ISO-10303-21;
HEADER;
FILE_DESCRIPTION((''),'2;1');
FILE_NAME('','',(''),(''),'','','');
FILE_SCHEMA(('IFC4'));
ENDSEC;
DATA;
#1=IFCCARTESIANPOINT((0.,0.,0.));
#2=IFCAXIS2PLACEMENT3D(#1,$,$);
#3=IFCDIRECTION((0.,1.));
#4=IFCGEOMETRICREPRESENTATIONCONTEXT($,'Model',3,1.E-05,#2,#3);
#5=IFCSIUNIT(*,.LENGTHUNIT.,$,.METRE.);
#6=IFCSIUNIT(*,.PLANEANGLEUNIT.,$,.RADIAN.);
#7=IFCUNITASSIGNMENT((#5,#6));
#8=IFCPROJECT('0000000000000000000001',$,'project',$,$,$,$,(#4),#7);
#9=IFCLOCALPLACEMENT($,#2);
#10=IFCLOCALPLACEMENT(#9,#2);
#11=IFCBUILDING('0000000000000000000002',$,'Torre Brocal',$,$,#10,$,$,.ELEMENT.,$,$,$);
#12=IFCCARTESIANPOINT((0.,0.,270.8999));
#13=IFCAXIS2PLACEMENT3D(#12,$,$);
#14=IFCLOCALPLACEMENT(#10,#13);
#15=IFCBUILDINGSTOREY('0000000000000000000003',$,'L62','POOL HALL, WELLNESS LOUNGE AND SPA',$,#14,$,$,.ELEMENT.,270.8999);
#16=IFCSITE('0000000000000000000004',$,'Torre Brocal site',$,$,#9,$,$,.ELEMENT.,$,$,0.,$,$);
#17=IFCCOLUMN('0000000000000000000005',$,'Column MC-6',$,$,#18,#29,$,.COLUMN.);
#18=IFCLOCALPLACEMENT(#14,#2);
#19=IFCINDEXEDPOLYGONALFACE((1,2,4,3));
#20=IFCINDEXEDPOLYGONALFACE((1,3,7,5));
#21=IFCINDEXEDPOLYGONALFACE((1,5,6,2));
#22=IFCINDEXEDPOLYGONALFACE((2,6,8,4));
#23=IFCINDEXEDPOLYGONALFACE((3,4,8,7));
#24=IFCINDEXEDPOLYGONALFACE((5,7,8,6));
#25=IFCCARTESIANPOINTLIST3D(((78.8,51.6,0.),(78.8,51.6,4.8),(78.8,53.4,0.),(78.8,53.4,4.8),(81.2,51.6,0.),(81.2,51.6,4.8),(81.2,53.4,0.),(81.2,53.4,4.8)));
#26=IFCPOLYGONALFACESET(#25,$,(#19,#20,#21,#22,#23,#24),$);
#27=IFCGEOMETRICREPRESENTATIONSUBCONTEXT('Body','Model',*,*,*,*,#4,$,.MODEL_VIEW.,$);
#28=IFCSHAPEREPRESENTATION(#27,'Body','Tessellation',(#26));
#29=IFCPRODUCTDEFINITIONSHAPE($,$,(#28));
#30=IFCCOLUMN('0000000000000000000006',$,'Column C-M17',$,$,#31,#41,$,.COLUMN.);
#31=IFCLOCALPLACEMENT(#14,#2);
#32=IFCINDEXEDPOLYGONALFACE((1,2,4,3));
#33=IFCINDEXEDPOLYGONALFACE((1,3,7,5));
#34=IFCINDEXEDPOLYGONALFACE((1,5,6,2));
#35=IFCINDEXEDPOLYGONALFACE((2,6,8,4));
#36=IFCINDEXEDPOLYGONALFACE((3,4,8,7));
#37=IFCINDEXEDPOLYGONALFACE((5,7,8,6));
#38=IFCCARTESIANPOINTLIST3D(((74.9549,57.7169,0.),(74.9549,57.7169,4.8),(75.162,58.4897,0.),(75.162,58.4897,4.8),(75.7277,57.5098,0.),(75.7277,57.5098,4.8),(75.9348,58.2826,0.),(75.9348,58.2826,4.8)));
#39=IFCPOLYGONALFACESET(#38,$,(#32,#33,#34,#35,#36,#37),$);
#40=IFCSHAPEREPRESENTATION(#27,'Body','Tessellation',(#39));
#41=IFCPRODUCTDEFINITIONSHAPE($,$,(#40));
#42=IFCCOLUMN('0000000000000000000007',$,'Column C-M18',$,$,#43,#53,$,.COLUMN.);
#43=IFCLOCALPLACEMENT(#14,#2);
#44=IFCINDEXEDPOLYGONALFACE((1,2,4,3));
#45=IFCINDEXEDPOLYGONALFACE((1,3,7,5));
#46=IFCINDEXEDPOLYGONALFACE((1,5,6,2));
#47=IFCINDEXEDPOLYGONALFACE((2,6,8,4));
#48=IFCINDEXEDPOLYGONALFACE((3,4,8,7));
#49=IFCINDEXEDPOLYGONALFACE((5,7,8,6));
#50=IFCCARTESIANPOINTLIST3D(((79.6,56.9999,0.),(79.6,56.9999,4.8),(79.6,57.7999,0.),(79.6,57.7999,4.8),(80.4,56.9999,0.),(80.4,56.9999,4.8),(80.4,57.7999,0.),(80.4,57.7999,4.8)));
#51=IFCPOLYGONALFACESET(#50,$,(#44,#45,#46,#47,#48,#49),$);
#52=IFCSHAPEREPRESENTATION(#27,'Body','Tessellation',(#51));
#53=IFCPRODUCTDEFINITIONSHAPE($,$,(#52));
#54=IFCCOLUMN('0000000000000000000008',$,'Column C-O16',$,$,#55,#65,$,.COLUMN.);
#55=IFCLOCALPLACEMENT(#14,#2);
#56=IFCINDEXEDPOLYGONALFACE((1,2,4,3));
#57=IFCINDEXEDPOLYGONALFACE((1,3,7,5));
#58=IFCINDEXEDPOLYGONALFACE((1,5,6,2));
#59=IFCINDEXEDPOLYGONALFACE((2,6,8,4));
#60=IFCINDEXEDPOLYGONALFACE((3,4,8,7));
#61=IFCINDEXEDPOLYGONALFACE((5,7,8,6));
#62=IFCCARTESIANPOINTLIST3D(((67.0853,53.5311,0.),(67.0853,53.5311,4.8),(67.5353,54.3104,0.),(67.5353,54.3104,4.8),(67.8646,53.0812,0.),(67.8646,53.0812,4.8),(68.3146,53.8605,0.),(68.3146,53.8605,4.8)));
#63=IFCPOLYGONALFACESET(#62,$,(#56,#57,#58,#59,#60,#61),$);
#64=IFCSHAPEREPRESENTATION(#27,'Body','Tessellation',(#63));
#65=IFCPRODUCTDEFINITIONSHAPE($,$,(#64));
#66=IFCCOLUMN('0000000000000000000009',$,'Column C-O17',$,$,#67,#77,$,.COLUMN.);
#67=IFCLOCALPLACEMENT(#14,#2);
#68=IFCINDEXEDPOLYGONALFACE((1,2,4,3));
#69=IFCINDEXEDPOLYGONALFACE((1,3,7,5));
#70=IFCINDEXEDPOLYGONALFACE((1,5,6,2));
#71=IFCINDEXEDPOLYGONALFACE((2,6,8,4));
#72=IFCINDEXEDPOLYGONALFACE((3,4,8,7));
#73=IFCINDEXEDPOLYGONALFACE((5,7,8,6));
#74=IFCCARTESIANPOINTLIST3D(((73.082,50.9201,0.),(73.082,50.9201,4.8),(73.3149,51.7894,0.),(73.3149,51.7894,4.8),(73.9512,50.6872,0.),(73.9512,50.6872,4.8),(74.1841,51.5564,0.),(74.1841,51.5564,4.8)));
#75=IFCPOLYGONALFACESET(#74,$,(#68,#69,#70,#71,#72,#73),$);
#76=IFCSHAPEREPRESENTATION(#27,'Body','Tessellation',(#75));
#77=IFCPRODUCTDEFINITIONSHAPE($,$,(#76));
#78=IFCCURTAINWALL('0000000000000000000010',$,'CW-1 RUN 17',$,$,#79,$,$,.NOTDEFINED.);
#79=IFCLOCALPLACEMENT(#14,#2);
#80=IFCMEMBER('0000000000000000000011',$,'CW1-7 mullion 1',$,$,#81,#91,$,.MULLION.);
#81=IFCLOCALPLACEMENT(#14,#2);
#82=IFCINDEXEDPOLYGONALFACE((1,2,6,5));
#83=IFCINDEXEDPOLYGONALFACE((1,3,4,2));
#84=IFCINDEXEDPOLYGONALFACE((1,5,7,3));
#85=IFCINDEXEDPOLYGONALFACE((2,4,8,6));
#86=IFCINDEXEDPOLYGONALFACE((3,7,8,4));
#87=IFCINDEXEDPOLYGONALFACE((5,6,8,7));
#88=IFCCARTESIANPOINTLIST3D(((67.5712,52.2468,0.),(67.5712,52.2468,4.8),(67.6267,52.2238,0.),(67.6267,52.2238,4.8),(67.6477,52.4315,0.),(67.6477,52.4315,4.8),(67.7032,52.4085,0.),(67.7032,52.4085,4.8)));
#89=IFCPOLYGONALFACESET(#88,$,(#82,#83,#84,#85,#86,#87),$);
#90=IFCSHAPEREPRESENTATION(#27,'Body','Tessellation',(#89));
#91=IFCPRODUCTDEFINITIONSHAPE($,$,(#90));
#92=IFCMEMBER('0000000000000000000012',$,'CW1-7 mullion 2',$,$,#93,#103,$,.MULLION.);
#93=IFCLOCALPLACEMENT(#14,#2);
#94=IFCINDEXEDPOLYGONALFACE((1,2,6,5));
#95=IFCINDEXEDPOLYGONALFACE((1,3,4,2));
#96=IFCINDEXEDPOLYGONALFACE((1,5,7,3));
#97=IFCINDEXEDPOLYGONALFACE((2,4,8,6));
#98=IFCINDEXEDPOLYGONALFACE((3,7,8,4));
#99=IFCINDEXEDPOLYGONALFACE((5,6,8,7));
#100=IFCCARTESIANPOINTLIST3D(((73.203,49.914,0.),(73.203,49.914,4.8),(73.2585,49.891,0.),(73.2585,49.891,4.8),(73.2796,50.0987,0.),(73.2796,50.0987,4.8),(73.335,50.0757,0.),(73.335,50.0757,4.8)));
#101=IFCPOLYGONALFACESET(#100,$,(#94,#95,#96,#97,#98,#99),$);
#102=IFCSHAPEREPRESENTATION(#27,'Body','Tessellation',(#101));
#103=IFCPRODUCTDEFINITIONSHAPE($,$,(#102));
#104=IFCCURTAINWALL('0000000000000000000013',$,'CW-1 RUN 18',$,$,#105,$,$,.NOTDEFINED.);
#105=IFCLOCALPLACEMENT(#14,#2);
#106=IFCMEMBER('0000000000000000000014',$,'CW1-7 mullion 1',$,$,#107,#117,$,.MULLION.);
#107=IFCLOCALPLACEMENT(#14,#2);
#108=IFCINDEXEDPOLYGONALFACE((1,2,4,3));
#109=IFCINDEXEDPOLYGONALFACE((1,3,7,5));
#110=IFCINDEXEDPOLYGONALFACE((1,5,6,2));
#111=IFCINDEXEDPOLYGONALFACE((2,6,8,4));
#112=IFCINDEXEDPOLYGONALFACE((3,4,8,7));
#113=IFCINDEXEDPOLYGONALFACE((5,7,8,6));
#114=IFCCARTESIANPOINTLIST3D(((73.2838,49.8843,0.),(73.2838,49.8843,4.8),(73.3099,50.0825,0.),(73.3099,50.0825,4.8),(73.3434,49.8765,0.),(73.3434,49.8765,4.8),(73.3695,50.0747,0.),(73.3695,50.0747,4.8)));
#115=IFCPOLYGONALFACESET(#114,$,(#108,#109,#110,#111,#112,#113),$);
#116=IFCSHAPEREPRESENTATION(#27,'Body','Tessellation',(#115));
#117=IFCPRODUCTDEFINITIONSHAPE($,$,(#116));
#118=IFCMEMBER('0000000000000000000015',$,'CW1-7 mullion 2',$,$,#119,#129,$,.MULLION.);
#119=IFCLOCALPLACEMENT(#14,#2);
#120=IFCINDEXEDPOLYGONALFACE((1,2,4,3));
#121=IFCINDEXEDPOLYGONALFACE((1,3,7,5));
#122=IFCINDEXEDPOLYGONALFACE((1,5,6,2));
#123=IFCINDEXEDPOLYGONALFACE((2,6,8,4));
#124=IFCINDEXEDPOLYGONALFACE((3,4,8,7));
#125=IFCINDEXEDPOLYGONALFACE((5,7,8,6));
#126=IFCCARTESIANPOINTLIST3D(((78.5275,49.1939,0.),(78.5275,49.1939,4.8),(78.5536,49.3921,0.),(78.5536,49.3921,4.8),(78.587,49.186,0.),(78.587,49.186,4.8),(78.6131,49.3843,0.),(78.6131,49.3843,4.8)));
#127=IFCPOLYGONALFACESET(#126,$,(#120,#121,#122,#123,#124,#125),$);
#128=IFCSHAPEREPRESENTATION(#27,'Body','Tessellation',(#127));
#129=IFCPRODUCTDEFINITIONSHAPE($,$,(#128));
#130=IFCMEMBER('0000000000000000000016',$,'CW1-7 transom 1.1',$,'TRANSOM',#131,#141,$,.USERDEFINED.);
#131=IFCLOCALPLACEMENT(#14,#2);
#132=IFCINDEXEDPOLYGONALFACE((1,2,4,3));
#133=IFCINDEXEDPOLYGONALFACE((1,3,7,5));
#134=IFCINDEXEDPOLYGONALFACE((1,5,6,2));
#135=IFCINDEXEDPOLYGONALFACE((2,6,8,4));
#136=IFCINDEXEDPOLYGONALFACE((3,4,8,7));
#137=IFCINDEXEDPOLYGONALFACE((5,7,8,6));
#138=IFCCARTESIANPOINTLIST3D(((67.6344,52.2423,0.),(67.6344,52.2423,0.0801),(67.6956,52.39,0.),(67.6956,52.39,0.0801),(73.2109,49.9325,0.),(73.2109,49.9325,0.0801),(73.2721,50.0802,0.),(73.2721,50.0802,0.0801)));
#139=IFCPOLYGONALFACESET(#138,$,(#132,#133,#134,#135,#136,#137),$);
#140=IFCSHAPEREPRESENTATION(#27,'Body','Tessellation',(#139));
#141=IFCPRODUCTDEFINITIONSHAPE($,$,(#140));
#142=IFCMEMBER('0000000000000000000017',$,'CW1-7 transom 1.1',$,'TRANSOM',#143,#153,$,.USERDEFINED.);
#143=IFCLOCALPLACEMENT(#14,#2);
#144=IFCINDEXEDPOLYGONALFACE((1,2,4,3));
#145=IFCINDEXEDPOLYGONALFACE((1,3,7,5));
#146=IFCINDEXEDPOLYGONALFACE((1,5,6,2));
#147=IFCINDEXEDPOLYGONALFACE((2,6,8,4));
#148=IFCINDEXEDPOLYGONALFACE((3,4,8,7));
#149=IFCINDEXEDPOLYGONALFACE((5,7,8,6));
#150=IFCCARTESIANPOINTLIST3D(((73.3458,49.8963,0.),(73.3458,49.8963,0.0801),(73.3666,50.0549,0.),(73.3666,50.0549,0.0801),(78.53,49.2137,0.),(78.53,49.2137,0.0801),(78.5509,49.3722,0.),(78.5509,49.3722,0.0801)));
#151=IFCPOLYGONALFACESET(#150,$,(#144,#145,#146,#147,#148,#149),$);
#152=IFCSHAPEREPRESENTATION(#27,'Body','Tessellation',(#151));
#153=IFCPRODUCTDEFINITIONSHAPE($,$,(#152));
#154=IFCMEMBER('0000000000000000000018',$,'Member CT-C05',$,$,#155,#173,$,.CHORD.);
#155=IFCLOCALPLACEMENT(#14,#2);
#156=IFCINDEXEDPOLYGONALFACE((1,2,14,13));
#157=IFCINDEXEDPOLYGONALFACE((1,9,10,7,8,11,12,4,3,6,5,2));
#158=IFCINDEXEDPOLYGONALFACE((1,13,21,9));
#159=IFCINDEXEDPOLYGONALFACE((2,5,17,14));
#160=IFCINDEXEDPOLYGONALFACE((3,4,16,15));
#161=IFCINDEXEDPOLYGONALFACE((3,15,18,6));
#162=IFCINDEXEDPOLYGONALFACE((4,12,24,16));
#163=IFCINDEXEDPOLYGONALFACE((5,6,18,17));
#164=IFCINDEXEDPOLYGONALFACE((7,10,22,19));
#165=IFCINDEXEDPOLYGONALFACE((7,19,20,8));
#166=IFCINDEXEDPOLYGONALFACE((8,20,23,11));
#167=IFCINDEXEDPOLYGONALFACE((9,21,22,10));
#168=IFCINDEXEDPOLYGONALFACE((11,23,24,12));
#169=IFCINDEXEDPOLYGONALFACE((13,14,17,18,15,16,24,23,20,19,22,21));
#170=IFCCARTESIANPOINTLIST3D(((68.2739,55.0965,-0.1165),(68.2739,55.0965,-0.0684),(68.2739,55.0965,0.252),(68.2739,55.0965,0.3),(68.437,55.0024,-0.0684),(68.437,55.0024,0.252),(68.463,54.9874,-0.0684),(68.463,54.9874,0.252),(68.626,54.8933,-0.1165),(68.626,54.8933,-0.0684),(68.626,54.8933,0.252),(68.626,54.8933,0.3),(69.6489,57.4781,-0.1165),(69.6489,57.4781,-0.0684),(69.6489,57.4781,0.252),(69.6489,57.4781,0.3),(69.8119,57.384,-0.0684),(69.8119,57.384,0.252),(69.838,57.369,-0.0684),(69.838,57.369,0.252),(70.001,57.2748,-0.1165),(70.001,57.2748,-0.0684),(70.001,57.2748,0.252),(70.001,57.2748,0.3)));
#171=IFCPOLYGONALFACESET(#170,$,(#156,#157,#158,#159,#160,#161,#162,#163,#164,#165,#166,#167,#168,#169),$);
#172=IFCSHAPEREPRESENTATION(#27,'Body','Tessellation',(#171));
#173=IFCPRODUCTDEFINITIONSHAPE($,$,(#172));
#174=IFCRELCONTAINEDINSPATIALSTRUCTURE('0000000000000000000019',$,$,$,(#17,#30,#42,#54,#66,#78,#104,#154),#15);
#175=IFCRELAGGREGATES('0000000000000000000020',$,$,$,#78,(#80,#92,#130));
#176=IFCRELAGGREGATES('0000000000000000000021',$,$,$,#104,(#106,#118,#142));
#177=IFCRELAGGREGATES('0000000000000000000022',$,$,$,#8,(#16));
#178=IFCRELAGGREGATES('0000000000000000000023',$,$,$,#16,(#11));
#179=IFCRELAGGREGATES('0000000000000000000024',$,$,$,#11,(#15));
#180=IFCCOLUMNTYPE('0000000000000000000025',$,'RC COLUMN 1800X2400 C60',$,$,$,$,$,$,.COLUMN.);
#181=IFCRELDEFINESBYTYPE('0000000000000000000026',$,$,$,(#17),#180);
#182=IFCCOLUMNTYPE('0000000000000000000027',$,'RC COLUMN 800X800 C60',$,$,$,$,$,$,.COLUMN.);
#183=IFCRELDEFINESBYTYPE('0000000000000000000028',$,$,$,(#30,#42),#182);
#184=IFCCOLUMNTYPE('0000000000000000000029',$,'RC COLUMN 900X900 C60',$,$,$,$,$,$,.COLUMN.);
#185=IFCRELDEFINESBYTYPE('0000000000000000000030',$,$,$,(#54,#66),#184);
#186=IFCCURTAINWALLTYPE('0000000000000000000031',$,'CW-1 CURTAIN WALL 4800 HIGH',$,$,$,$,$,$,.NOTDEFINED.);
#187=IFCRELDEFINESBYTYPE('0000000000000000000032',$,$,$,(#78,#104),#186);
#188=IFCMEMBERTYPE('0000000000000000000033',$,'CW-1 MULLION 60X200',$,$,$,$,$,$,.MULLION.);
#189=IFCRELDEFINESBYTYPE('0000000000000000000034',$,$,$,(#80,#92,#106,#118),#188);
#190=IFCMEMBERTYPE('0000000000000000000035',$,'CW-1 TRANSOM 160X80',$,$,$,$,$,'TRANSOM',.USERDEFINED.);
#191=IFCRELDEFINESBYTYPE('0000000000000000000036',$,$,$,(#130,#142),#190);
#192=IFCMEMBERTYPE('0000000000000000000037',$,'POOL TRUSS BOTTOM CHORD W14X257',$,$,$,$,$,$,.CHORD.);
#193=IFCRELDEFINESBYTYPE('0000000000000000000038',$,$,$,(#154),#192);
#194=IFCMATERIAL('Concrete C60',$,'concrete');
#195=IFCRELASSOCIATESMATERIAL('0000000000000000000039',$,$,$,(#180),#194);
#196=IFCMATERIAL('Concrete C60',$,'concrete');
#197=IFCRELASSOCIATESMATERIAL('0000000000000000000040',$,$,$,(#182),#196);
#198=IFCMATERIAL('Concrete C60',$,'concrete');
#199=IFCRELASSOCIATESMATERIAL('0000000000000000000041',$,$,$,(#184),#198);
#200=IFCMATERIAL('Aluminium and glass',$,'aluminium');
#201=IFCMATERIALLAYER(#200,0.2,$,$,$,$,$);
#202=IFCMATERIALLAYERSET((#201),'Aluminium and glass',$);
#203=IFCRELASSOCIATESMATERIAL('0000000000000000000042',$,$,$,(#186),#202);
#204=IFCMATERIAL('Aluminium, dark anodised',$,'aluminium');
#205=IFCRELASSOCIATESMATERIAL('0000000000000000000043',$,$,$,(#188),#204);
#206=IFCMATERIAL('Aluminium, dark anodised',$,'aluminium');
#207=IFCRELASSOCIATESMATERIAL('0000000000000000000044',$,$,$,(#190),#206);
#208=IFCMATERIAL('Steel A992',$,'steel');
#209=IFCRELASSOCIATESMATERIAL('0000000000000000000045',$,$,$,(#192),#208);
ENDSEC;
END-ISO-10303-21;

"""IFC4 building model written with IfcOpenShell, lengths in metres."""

from ifc_helpers import new_model, si_unit, direction, frame, origin, origin_2d, place, context, subcontext, project, spatial, rectangle, i_section, extrude, material, layer, layer_set, material_profile, profile_set, type_object, element, aggregate, save


model = new_model("IFC4")

# Units and contexts
model_context = context("Model", 3, precision=1e-05, world=origin(), true_north=direction((0.0, 1.0)))
body_context = subcontext(model_context, "Body", "Model", "MODEL_VIEW")
ifc_project = project(units=[si_unit("LENGTHUNIT", "METRE"), si_unit("PLANEANGLEUNIT", "RADIAN")], contexts=[model_context])

# Site, building, storey
site_placement = place(None, origin())
site = spatial("IfcSite", under=ifc_project, at=site_placement, Name="Torre Brocal site", CompositionType="ELEMENT", RefElevation=0.0)
building_placement = place(site_placement, origin())
building = spatial("IfcBuilding", under=site, at=building_placement, Name="Torre Brocal", CompositionType="ELEMENT")
storey_placement = place(building_placement, frame((0.0, 0.0, 270.8999)))
storey = spatial("IfcBuildingStorey", under=building, at=storey_placement, Name="L62", Description="POOL HALL, WELLNESS LOUNGE AND SPA", CompositionType="ELEMENT", Elevation=270.8999)

# Columns
ifc_material_1 = material(Name="Concrete C60", Category="concrete")
ifc_material_profile_1 = material_profile(ifc_material_1, rectangle(XDim=1.8, YDim=2.3999, at=origin_2d()), Name="RC 1800X2400")
ifc_profile_set_1 = profile_set([ifc_material_profile_1], Name="Concrete C60")
column_type_1 = type_object("IfcColumnType", Name="RC COLUMN 1800X2400 C60", PredefinedType="COLUMN", material=ifc_profile_set_1)
column_placement = place(storey_placement, frame((80.0, 52.5, 0.0), z_axis=(0.0, 0.0, 1.0), x_axis=(0.0, -1.0, 0.0)))
element("IfcColumn", 1, at=column_placement, inside=storey, type_object=column_type_1, Name="Column MC-6", PredefinedType="COLUMN", context=body_context, shape_type="SweptSolid", body=[
    extrude(rectangle(XDim=1.8, YDim=2.3999, at=origin_2d()), origin(), (0.0, 0.0, 1.0), 4.8),
])
ifc_material_2 = material(Name="Concrete C60", Category="concrete")
ifc_material_profile_2 = material_profile(ifc_material_2, rectangle(XDim=0.8, YDim=0.8, at=origin_2d()), Name="RC 800X800")
ifc_profile_set_2 = profile_set([ifc_material_profile_2], Name="Concrete C60")
column_type_2 = type_object("IfcColumnType", Name="RC COLUMN 800X800 C60", PredefinedType="COLUMN", material=ifc_profile_set_2)
for number, where, z_axis, x_axis, name in (
    (2, (75.4448, 57.9998, 0.0), (0.0, 0.0, 1.0), (-0.258819, -0.965926, 0.0), "Column C-M17"),
    (3, (80.0, 57.3999, 0.0), (0.0, 0.0, 1.0), (0.0, -1.0, 0.0), "Column C-M18"),
):
    element("IfcColumn", number, at=place(storey_placement, frame(where, z_axis=z_axis, x_axis=x_axis)), inside=storey, type_object=column_type_2, Name=name, PredefinedType="COLUMN", context=body_context, shape_type="SweptSolid", body=[
        extrude(rectangle(XDim=0.8, YDim=0.8, at=origin_2d()), origin(), (0.0, 0.0, 1.0), 4.8),
    ])
ifc_material_3 = material(Name="Concrete C60", Category="concrete")
ifc_material_profile_3 = material_profile(ifc_material_3, rectangle(XDim=0.8999, YDim=0.8999, at=origin_2d()), Name="RC 900X900")
ifc_profile_set_3 = profile_set([ifc_material_profile_3], Name="Concrete C60")
column_type_3 = type_object("IfcColumnType", Name="RC COLUMN 900X900 C60", PredefinedType="COLUMN", material=ifc_profile_set_3)
for number, where, z_axis, x_axis, name in (
    (4, (67.7, 53.6958, 0.0), (0.0, 0.0, 1.0), (-0.5, -0.866025, 0.0), "Column C-O16"),
    (5, (73.6331, 51.2383, 0.0), (0.0, 0.0, 1.0), (-0.258819, -0.965926, 0.0), "Column C-O17"),
):
    element("IfcColumn", number, at=place(storey_placement, frame(where, z_axis=z_axis, x_axis=x_axis)), inside=storey, type_object=column_type_3, Name=name, PredefinedType="COLUMN", context=body_context, shape_type="SweptSolid", body=[
        extrude(rectangle(XDim=0.8999, YDim=0.8999, at=origin_2d()), origin(), (0.0, 0.0, 1.0), 4.8),
    ])

# Curtain walls, members
ifc_material_4 = material(Name="Aluminium and glass", Category="aluminium")
ifc_layer_1 = layer(ifc_material_4, 0.2)
ifc_layer_set_1 = layer_set([ifc_layer_1], Name="Aluminium and glass")
curtain_wall_type = type_object("IfcCurtainWallType", Name="CW-1 CURTAIN WALL 4800 HIGH", PredefinedType="NOTDEFINED", material=ifc_layer_set_1)
curtain_wall_1_placement = place(storey_placement, origin())
curtain_wall_1 = element("IfcCurtainWall", 6, at=curtain_wall_1_placement, inside=storey, type_object=curtain_wall_type, Name="CW-1 RUN 17", PredefinedType="NOTDEFINED")
ifc_material_5 = material(Name="Aluminium, dark anodised", Category="aluminium")
ifc_material_profile_4 = material_profile(ifc_material_5, rectangle(XDim=0.2, YDim=0.0601, at=origin_2d()), Name="CW-1 MULLION 60X200")
ifc_profile_set_4 = profile_set([ifc_material_profile_4], Name="Aluminium, dark anodised")
member_type_1 = type_object("IfcMemberType", Name="CW-1 MULLION 60X200", PredefinedType="MULLION", material=ifc_profile_set_4)
member_1_placement = place(storey_placement, frame((67.6372, 52.3276, 0.0), z_axis=(0.0, 0.0, 1.0), x_axis=(0.382683, 0.92388, 0.0)))
member_1 = element("IfcMember", 7, at=member_1_placement, type_object=member_type_1, Name="CW1-7 mullion 1", PredefinedType="MULLION", context=body_context, shape_type="SweptSolid", body=[
    extrude(rectangle(XDim=0.2, YDim=0.0601, at=origin_2d()), origin(), (0.0, 0.0, 1.0), 4.8),
])
member_2_placement = place(storey_placement, frame((73.269, 49.9949, 0.0), z_axis=(0.0, 0.0, 1.0), x_axis=(0.382683, 0.92388, 0.0)))
member_2 = element("IfcMember", 8, at=member_2_placement, type_object=member_type_1, Name="CW1-7 mullion 2", PredefinedType="MULLION", context=body_context, shape_type="SweptSolid", body=[
    extrude(rectangle(XDim=0.2, YDim=0.0601, at=origin_2d()), origin(), (0.0, 0.0, 1.0), 4.8),
])
curtain_wall_2_placement = place(storey_placement, origin())
curtain_wall_2 = element("IfcCurtainWall", 9, at=curtain_wall_2_placement, inside=storey, type_object=curtain_wall_type, Name="CW-1 RUN 18", PredefinedType="NOTDEFINED")
member_3_placement = place(storey_placement, frame((73.3267, 49.9795, 0.0), z_axis=(0.0, 0.0, 1.0), x_axis=(0.130526, 0.991445, 0.0)))
member_3 = element("IfcMember", 10, at=member_3_placement, type_object=member_type_1, Name="CW1-7 mullion 1", PredefinedType="MULLION", context=body_context, shape_type="SweptSolid", body=[
    extrude(rectangle(XDim=0.2, YDim=0.0601, at=origin_2d()), origin(), (0.0, 0.0, 1.0), 4.8),
])
member_4_placement = place(storey_placement, frame((78.5703, 49.2891, 0.0), z_axis=(0.0, 0.0, 1.0), x_axis=(0.130526, 0.991445, 0.0)))
member_4 = element("IfcMember", 11, at=member_4_placement, type_object=member_type_1, Name="CW1-7 mullion 2", PredefinedType="MULLION", context=body_context, shape_type="SweptSolid", body=[
    extrude(rectangle(XDim=0.2, YDim=0.0601, at=origin_2d()), origin(), (0.0, 0.0, 1.0), 4.8),
])

# Members
ifc_material_6 = material(Name="Aluminium, dark anodised", Category="aluminium")
ifc_material_profile_5 = material_profile(ifc_material_6, rectangle(XDim=0.1599, YDim=0.0801, at=origin_2d()), Name="CW-1 TRANSOM 160X80")
ifc_profile_set_5 = profile_set([ifc_material_profile_5], Name="Aluminium, dark anodised")
member_type_2 = type_object("IfcMemberType", Name="CW-1 TRANSOM 160X80", ElementType="TRANSOM", PredefinedType="USERDEFINED", material=ifc_profile_set_5)
member_5_placement = place(storey_placement, frame((67.665, 52.3162, 0.04), z_axis=(0.92388, -0.382682, 0.0), x_axis=(0.382682, 0.92388, 0.0)))
member_5 = element("IfcMember", 12, at=member_5_placement, type_object=member_type_2, Name="CW1-7 transom 1.1", ObjectType="TRANSOM", PredefinedType="USERDEFINED", context=body_context, shape_type="SweptSolid", body=[
    extrude(rectangle(XDim=0.1599, YDim=0.0801, at=origin_2d()), origin(), (0.0, 0.0, 1.0), 6.0359),
])
member_6_placement = place(storey_placement, frame((73.3562, 49.9756, 0.04), z_axis=(0.991443, -0.130543, 0.0), x_axis=(0.130543, 0.991443, 0.0)))
member_6 = element("IfcMember", 13, at=member_6_placement, type_object=member_type_2, Name="CW1-7 transom 1.1", ObjectType="TRANSOM", PredefinedType="USERDEFINED", context=body_context, shape_type="SweptSolid", body=[
    extrude(rectangle(XDim=0.1599, YDim=0.0801, at=origin_2d()), origin(), (0.0, 0.0, 1.0), 5.229),
])

# Member
ifc_material_7 = material(Name="Steel A992", Category="steel")
ifc_material_profile_6 = material_profile(ifc_material_7, i_section(OverallWidth=0.4065, OverallDepth=0.4165, WebThickness=0.03, FlangeThickness=0.0481, at=origin_2d()), Name="W14X257")
ifc_profile_set_6 = profile_set([ifc_material_profile_6], Name="Steel A992")
member_type_3 = type_object("IfcMemberType", Name="POOL TRUSS BOTTOM CHORD W14X257", PredefinedType="CHORD", material=ifc_profile_set_6)
member_7_placement = place(storey_placement, frame((69.825, 57.3765, 0.0918), z_axis=(-0.499997, -0.866027, 0.0), x_axis=(0.866027, -0.499997, 0.0)))
element("IfcMember", 14, at=member_7_placement, inside=storey, type_object=member_type_3, Name="Member CT-C05", PredefinedType="CHORD", context=body_context, shape_type="SweptSolid", body=[
    extrude(i_section(OverallWidth=0.4065, OverallDepth=0.4165, WebThickness=0.03, FlangeThickness=0.0481, at=origin_2d()), origin(), (0.0, 0.0, 1.0), 2.75),
])

aggregate(curtain_wall_1, [member_1, member_2, member_5])
aggregate(curtain_wall_2, [member_3, member_4, member_6])

save(model, "model.ifc")
